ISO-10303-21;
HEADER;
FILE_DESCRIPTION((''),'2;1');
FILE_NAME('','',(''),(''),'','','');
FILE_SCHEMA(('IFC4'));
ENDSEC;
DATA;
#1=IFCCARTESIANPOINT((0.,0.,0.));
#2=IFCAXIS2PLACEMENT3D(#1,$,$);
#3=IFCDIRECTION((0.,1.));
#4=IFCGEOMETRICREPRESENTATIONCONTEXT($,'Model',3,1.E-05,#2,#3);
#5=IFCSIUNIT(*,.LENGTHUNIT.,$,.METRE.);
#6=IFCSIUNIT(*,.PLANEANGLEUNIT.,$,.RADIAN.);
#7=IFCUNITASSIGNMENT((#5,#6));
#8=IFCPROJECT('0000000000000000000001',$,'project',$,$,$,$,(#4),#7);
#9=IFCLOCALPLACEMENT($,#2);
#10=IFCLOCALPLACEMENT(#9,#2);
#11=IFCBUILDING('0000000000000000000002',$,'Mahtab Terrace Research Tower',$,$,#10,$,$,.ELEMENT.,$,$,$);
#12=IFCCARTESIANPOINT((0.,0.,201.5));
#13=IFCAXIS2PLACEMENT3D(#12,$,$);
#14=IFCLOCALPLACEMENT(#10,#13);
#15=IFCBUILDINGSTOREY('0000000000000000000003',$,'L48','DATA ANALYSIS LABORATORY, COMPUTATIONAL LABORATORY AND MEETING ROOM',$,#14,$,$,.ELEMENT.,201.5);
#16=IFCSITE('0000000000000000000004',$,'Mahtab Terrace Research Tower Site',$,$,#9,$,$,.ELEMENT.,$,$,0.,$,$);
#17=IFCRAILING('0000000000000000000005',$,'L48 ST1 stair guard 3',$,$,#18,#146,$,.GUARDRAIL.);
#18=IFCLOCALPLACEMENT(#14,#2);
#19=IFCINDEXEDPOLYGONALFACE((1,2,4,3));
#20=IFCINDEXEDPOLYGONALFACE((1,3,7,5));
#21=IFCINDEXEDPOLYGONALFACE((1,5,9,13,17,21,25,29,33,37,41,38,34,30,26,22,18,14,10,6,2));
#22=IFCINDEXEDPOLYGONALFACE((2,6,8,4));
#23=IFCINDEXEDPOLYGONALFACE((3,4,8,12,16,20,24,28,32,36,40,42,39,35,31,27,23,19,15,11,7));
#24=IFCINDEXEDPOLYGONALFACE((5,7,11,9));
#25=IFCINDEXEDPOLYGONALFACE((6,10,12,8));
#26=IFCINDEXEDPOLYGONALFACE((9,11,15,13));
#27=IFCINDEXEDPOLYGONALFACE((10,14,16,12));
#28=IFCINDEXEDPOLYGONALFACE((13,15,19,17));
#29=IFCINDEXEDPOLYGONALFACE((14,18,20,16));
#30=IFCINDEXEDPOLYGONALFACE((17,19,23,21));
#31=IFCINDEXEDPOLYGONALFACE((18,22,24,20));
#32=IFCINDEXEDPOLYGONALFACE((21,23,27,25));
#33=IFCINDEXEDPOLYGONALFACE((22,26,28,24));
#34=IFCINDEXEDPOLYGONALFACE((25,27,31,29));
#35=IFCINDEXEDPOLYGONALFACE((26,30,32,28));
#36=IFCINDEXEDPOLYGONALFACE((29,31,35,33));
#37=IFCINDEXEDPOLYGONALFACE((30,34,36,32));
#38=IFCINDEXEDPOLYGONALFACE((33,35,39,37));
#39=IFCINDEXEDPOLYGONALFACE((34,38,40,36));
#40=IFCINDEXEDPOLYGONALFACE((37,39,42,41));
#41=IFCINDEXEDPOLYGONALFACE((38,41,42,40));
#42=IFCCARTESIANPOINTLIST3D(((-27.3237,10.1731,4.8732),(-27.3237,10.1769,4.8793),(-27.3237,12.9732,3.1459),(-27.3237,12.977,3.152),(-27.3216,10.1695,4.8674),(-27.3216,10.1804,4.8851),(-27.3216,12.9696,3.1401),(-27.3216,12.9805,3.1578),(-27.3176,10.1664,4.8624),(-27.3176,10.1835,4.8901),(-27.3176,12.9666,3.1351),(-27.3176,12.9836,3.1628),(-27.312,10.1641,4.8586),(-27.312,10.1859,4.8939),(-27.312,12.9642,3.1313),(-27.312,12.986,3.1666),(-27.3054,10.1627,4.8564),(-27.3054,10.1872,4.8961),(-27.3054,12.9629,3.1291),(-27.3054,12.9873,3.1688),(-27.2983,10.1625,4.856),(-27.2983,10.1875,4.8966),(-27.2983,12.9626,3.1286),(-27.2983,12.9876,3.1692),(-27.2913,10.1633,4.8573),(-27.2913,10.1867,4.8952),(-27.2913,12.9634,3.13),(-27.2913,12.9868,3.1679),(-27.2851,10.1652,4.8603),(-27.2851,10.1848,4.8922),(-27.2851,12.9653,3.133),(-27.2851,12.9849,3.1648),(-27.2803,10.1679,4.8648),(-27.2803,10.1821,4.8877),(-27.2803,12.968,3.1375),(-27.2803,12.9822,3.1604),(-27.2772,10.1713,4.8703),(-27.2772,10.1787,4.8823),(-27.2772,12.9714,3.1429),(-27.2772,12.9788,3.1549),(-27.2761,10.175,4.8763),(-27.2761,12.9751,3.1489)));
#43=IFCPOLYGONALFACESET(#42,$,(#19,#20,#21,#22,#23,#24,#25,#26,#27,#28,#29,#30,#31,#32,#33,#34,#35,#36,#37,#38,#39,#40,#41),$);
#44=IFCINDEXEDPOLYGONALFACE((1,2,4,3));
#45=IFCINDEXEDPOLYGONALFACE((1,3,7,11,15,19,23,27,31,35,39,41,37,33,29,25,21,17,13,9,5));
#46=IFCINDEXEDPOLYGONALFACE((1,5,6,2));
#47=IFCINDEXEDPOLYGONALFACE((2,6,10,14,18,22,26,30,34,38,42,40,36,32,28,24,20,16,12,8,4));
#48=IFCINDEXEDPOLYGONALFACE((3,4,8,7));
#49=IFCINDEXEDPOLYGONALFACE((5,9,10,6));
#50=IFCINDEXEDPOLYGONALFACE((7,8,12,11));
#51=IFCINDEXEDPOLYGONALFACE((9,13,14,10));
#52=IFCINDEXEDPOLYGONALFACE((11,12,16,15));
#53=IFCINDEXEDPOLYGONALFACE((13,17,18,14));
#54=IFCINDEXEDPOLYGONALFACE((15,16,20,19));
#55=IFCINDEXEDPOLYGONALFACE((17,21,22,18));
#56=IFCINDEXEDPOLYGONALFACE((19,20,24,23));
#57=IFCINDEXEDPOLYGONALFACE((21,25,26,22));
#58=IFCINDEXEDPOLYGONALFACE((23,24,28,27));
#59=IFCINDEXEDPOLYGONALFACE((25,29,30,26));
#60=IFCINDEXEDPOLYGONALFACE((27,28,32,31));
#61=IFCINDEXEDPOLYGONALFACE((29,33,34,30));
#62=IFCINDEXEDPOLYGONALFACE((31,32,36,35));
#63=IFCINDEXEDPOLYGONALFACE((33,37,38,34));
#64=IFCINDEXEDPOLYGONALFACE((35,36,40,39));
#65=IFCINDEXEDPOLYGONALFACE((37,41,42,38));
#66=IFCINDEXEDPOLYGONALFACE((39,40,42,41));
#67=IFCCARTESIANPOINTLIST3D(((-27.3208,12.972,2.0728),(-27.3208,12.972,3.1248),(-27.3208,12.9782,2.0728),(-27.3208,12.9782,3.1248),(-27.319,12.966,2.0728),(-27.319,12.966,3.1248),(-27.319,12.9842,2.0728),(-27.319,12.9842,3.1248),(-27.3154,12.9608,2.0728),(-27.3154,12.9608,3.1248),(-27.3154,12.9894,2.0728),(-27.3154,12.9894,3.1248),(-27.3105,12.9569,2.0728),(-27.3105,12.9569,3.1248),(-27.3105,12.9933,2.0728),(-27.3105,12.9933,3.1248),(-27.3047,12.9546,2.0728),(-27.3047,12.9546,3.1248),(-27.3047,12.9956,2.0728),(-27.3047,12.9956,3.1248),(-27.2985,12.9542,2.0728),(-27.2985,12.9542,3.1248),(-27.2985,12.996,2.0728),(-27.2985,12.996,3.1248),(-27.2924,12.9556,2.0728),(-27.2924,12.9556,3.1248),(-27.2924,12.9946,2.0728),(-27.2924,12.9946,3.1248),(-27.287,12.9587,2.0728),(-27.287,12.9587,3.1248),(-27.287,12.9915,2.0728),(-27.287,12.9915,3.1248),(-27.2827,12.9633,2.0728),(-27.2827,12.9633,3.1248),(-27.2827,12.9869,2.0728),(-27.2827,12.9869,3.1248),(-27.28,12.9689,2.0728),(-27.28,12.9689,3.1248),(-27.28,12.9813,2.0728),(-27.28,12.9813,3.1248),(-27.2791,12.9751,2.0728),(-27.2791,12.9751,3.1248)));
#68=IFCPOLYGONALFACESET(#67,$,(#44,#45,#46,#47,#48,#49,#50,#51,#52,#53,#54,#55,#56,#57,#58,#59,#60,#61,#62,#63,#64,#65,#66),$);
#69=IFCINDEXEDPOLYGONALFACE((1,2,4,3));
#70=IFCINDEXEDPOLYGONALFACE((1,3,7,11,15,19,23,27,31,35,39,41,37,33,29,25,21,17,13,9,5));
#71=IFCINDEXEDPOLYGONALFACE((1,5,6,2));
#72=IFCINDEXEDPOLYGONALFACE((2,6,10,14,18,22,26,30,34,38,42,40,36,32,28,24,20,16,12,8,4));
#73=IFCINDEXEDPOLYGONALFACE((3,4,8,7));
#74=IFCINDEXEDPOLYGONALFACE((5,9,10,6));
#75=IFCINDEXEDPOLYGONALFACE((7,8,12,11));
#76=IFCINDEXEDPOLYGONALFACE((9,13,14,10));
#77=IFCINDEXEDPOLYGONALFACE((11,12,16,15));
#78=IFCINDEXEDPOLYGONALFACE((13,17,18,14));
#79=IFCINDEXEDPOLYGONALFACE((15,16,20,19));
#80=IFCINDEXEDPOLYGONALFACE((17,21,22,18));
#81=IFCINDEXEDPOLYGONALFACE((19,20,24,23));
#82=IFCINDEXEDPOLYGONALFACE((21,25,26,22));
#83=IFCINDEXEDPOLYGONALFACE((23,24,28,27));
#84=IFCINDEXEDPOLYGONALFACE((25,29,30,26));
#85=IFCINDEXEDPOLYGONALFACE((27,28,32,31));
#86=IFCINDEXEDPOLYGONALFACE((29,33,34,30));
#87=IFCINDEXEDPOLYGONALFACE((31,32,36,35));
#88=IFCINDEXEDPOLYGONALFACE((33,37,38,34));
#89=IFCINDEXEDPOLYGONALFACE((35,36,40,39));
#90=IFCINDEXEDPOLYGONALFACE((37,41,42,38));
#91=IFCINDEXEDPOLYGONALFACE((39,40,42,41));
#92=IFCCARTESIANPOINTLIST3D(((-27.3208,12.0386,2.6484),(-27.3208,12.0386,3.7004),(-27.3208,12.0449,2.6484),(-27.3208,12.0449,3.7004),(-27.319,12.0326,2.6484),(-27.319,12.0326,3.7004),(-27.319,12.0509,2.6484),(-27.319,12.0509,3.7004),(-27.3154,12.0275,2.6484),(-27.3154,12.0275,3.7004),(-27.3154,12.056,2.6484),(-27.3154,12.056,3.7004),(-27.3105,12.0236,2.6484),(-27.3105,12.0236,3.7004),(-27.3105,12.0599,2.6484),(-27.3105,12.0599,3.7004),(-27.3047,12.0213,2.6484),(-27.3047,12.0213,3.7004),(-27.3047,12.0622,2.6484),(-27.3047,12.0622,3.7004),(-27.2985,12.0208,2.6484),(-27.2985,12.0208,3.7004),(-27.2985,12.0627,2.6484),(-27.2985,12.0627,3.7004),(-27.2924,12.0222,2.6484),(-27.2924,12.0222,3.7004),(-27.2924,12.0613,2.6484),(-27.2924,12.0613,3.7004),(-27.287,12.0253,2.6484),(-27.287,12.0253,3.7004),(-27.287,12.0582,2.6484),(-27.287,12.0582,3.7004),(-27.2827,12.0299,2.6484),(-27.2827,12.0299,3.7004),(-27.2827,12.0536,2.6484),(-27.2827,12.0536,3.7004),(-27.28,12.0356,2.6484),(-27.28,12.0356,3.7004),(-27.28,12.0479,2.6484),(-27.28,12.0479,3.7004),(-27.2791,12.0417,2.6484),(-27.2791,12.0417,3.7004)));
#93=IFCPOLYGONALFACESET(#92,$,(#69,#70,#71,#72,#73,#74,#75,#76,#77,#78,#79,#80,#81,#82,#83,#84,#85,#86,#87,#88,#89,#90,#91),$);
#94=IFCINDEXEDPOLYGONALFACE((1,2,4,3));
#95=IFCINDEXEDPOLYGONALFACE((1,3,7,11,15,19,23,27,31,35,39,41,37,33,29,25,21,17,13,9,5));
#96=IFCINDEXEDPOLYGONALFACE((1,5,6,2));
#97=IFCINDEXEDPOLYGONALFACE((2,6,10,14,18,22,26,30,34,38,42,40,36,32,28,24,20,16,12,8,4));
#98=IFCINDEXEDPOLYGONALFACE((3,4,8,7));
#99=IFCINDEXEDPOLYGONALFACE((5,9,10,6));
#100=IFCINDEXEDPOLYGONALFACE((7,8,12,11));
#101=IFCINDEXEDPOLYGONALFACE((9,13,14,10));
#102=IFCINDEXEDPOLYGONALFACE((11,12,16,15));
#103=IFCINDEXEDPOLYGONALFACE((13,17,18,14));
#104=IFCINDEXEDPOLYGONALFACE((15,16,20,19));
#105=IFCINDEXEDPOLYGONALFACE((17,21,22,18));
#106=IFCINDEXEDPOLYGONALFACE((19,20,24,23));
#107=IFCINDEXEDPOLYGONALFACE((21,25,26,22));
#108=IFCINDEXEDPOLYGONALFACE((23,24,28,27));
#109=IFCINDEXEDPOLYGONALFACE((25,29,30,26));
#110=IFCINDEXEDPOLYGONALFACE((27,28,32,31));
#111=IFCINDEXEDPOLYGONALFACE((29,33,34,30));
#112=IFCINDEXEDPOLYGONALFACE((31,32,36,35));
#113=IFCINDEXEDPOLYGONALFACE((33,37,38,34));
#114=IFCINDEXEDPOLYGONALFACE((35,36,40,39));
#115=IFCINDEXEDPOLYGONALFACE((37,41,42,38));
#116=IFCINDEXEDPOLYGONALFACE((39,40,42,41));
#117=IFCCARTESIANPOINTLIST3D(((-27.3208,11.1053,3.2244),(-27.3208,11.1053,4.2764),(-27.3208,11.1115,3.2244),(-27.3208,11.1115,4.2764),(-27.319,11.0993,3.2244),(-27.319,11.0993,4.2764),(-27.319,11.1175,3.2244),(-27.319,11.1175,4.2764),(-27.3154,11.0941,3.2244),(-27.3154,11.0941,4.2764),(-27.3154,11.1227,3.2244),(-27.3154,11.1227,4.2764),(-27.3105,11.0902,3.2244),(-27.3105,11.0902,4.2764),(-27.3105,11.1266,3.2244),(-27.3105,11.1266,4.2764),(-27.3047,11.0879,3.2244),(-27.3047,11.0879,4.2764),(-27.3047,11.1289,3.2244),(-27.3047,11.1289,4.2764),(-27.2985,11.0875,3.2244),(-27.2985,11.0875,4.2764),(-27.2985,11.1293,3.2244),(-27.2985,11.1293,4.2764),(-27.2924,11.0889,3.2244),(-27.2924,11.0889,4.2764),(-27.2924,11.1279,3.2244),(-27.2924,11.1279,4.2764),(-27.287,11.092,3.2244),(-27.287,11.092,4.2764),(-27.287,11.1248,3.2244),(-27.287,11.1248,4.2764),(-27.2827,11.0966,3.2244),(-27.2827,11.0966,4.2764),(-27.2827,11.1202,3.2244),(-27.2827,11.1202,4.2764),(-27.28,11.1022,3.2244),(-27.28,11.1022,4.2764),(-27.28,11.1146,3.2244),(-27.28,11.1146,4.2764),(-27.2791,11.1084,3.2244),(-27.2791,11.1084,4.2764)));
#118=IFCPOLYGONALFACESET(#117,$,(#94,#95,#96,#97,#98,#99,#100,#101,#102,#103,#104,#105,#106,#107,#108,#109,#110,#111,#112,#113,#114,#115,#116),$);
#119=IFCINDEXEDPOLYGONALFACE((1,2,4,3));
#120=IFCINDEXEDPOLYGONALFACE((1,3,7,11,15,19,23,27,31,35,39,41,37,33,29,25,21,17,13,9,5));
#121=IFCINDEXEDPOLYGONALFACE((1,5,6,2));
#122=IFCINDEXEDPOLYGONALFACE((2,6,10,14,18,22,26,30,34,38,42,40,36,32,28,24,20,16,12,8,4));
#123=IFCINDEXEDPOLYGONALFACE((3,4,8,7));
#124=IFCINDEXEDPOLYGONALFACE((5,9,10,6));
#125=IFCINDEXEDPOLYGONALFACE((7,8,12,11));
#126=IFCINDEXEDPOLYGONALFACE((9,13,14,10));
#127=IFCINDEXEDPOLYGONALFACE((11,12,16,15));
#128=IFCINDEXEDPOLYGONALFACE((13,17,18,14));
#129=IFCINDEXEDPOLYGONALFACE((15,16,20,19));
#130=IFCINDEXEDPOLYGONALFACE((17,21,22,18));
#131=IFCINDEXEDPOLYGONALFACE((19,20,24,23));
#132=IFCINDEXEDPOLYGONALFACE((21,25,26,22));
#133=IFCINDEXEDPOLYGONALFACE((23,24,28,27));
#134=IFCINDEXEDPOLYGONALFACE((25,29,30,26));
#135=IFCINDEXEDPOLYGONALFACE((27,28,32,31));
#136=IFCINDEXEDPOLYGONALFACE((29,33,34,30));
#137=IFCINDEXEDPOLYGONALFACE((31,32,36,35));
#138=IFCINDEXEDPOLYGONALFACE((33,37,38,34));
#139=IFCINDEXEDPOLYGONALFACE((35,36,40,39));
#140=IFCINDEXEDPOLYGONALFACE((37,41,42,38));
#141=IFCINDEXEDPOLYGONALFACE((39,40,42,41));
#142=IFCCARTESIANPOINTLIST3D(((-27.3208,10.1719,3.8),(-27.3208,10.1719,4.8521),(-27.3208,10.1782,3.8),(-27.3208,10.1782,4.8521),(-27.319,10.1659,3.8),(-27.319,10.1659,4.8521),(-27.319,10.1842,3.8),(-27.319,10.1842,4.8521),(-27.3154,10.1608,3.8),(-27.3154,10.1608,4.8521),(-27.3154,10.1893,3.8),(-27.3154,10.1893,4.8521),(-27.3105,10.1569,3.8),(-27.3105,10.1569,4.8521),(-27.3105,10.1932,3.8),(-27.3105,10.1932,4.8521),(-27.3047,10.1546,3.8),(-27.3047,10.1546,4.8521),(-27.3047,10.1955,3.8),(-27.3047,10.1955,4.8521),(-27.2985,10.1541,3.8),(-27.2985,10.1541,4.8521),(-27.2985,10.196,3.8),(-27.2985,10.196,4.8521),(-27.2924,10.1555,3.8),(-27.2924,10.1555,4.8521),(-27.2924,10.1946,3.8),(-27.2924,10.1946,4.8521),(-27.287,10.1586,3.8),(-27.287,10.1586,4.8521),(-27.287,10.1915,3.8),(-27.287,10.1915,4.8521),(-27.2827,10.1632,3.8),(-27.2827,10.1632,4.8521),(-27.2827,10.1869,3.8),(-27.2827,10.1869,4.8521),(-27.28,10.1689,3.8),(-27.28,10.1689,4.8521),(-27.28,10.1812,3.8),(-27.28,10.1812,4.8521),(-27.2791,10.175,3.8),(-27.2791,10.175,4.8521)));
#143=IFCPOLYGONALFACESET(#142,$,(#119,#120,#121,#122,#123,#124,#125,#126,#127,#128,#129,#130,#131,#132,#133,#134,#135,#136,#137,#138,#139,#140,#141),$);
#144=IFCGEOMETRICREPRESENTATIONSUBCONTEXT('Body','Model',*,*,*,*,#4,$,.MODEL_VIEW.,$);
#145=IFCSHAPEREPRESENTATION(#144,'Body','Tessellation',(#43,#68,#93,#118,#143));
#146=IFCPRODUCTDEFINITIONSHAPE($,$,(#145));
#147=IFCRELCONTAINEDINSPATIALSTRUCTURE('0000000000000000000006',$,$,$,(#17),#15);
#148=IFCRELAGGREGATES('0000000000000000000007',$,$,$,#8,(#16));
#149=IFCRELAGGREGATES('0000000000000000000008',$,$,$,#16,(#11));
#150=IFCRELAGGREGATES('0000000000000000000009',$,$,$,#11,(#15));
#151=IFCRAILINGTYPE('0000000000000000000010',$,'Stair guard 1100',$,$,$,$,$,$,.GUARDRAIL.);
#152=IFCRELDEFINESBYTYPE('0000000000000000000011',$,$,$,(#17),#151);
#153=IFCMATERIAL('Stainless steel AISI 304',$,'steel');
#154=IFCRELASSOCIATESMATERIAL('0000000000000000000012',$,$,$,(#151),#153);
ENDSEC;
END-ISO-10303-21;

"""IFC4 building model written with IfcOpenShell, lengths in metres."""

from ifc_helpers import new_model, si_unit, direction, frame, origin, origin_2d, place, context, subcontext, project, spatial, circle, extrude, material, type_object, element, save


model = new_model("IFC4")

# Units and contexts
model_context = context("Model", 3, precision=1e-05, world=origin(), true_north=direction((0.0, 1.0)))
body_context = subcontext(model_context, "Body", "Model", "MODEL_VIEW")
ifc_project = project(units=[si_unit("LENGTHUNIT", "METRE"), si_unit("PLANEANGLEUNIT", "RADIAN")], contexts=[model_context])

# Site, building, storey
site_placement = place(None, origin())
site = spatial("IfcSite", under=ifc_project, at=site_placement, Name="Mahtab Terrace Research Tower Site", CompositionType="ELEMENT", RefElevation=0.0)
building_placement = place(site_placement, origin())
building = spatial("IfcBuilding", under=site, at=building_placement, Name="Mahtab Terrace Research Tower", CompositionType="ELEMENT")
storey_placement = place(building_placement, frame((0.0, 0.0, 201.5)))
storey = spatial("IfcBuildingStorey", under=building, at=storey_placement, Name="L48", Description="DATA ANALYSIS LABORATORY, COMPUTATIONAL LABORATORY AND MEETING ROOM", CompositionType="ELEMENT", Elevation=201.5)

# Railing
ifc_material_1 = material(Name="Stainless steel AISI 304", Category="steel")
railing_type_1 = type_object("IfcRailingType", Name="Stair guard 1100", PredefinedType="GUARDRAIL", material=ifc_material_1)
railing_1_placement = place(storey_placement, frame((-27.3, 12.9751, 2.0728)))
element("IfcRailing", 1, at=railing_1_placement, inside=storey, type_object=railing_type_1, Name="L48 ST1 stair guard 3", PredefinedType="GUARDRAIL", context=body_context, shape_type="SweptSolid", body=[
    extrude(circle(Radius=0.0239, at=origin_2d()), frame((0.0, 0.0, 1.0762), z_axis=(0.0, -0.85109, 0.52502), x_axis=(1.0, 0.0, 0.0)), (0.0, 0.0, 1.0), 3.29),
    extrude(circle(Radius=0.021, at=origin_2d()), origin(), (0.0, 0.0, 1.0), 1.052),
    extrude(circle(Radius=0.021, at=origin_2d()), frame((0.0, -0.9333, 0.5757)), (0.0, 0.0, 1.0), 1.052),
    extrude(circle(Radius=0.021, at=origin_2d()), frame((0.0, -1.8667, 1.1516)), (0.0, 0.0, 1.0), 1.052),
    extrude(circle(Radius=0.021, at=origin_2d()), frame((0.0, -2.8, 1.7273)), (0.0, 0.0, 1.0), 1.052),
])

save(model, "model.ifc")
